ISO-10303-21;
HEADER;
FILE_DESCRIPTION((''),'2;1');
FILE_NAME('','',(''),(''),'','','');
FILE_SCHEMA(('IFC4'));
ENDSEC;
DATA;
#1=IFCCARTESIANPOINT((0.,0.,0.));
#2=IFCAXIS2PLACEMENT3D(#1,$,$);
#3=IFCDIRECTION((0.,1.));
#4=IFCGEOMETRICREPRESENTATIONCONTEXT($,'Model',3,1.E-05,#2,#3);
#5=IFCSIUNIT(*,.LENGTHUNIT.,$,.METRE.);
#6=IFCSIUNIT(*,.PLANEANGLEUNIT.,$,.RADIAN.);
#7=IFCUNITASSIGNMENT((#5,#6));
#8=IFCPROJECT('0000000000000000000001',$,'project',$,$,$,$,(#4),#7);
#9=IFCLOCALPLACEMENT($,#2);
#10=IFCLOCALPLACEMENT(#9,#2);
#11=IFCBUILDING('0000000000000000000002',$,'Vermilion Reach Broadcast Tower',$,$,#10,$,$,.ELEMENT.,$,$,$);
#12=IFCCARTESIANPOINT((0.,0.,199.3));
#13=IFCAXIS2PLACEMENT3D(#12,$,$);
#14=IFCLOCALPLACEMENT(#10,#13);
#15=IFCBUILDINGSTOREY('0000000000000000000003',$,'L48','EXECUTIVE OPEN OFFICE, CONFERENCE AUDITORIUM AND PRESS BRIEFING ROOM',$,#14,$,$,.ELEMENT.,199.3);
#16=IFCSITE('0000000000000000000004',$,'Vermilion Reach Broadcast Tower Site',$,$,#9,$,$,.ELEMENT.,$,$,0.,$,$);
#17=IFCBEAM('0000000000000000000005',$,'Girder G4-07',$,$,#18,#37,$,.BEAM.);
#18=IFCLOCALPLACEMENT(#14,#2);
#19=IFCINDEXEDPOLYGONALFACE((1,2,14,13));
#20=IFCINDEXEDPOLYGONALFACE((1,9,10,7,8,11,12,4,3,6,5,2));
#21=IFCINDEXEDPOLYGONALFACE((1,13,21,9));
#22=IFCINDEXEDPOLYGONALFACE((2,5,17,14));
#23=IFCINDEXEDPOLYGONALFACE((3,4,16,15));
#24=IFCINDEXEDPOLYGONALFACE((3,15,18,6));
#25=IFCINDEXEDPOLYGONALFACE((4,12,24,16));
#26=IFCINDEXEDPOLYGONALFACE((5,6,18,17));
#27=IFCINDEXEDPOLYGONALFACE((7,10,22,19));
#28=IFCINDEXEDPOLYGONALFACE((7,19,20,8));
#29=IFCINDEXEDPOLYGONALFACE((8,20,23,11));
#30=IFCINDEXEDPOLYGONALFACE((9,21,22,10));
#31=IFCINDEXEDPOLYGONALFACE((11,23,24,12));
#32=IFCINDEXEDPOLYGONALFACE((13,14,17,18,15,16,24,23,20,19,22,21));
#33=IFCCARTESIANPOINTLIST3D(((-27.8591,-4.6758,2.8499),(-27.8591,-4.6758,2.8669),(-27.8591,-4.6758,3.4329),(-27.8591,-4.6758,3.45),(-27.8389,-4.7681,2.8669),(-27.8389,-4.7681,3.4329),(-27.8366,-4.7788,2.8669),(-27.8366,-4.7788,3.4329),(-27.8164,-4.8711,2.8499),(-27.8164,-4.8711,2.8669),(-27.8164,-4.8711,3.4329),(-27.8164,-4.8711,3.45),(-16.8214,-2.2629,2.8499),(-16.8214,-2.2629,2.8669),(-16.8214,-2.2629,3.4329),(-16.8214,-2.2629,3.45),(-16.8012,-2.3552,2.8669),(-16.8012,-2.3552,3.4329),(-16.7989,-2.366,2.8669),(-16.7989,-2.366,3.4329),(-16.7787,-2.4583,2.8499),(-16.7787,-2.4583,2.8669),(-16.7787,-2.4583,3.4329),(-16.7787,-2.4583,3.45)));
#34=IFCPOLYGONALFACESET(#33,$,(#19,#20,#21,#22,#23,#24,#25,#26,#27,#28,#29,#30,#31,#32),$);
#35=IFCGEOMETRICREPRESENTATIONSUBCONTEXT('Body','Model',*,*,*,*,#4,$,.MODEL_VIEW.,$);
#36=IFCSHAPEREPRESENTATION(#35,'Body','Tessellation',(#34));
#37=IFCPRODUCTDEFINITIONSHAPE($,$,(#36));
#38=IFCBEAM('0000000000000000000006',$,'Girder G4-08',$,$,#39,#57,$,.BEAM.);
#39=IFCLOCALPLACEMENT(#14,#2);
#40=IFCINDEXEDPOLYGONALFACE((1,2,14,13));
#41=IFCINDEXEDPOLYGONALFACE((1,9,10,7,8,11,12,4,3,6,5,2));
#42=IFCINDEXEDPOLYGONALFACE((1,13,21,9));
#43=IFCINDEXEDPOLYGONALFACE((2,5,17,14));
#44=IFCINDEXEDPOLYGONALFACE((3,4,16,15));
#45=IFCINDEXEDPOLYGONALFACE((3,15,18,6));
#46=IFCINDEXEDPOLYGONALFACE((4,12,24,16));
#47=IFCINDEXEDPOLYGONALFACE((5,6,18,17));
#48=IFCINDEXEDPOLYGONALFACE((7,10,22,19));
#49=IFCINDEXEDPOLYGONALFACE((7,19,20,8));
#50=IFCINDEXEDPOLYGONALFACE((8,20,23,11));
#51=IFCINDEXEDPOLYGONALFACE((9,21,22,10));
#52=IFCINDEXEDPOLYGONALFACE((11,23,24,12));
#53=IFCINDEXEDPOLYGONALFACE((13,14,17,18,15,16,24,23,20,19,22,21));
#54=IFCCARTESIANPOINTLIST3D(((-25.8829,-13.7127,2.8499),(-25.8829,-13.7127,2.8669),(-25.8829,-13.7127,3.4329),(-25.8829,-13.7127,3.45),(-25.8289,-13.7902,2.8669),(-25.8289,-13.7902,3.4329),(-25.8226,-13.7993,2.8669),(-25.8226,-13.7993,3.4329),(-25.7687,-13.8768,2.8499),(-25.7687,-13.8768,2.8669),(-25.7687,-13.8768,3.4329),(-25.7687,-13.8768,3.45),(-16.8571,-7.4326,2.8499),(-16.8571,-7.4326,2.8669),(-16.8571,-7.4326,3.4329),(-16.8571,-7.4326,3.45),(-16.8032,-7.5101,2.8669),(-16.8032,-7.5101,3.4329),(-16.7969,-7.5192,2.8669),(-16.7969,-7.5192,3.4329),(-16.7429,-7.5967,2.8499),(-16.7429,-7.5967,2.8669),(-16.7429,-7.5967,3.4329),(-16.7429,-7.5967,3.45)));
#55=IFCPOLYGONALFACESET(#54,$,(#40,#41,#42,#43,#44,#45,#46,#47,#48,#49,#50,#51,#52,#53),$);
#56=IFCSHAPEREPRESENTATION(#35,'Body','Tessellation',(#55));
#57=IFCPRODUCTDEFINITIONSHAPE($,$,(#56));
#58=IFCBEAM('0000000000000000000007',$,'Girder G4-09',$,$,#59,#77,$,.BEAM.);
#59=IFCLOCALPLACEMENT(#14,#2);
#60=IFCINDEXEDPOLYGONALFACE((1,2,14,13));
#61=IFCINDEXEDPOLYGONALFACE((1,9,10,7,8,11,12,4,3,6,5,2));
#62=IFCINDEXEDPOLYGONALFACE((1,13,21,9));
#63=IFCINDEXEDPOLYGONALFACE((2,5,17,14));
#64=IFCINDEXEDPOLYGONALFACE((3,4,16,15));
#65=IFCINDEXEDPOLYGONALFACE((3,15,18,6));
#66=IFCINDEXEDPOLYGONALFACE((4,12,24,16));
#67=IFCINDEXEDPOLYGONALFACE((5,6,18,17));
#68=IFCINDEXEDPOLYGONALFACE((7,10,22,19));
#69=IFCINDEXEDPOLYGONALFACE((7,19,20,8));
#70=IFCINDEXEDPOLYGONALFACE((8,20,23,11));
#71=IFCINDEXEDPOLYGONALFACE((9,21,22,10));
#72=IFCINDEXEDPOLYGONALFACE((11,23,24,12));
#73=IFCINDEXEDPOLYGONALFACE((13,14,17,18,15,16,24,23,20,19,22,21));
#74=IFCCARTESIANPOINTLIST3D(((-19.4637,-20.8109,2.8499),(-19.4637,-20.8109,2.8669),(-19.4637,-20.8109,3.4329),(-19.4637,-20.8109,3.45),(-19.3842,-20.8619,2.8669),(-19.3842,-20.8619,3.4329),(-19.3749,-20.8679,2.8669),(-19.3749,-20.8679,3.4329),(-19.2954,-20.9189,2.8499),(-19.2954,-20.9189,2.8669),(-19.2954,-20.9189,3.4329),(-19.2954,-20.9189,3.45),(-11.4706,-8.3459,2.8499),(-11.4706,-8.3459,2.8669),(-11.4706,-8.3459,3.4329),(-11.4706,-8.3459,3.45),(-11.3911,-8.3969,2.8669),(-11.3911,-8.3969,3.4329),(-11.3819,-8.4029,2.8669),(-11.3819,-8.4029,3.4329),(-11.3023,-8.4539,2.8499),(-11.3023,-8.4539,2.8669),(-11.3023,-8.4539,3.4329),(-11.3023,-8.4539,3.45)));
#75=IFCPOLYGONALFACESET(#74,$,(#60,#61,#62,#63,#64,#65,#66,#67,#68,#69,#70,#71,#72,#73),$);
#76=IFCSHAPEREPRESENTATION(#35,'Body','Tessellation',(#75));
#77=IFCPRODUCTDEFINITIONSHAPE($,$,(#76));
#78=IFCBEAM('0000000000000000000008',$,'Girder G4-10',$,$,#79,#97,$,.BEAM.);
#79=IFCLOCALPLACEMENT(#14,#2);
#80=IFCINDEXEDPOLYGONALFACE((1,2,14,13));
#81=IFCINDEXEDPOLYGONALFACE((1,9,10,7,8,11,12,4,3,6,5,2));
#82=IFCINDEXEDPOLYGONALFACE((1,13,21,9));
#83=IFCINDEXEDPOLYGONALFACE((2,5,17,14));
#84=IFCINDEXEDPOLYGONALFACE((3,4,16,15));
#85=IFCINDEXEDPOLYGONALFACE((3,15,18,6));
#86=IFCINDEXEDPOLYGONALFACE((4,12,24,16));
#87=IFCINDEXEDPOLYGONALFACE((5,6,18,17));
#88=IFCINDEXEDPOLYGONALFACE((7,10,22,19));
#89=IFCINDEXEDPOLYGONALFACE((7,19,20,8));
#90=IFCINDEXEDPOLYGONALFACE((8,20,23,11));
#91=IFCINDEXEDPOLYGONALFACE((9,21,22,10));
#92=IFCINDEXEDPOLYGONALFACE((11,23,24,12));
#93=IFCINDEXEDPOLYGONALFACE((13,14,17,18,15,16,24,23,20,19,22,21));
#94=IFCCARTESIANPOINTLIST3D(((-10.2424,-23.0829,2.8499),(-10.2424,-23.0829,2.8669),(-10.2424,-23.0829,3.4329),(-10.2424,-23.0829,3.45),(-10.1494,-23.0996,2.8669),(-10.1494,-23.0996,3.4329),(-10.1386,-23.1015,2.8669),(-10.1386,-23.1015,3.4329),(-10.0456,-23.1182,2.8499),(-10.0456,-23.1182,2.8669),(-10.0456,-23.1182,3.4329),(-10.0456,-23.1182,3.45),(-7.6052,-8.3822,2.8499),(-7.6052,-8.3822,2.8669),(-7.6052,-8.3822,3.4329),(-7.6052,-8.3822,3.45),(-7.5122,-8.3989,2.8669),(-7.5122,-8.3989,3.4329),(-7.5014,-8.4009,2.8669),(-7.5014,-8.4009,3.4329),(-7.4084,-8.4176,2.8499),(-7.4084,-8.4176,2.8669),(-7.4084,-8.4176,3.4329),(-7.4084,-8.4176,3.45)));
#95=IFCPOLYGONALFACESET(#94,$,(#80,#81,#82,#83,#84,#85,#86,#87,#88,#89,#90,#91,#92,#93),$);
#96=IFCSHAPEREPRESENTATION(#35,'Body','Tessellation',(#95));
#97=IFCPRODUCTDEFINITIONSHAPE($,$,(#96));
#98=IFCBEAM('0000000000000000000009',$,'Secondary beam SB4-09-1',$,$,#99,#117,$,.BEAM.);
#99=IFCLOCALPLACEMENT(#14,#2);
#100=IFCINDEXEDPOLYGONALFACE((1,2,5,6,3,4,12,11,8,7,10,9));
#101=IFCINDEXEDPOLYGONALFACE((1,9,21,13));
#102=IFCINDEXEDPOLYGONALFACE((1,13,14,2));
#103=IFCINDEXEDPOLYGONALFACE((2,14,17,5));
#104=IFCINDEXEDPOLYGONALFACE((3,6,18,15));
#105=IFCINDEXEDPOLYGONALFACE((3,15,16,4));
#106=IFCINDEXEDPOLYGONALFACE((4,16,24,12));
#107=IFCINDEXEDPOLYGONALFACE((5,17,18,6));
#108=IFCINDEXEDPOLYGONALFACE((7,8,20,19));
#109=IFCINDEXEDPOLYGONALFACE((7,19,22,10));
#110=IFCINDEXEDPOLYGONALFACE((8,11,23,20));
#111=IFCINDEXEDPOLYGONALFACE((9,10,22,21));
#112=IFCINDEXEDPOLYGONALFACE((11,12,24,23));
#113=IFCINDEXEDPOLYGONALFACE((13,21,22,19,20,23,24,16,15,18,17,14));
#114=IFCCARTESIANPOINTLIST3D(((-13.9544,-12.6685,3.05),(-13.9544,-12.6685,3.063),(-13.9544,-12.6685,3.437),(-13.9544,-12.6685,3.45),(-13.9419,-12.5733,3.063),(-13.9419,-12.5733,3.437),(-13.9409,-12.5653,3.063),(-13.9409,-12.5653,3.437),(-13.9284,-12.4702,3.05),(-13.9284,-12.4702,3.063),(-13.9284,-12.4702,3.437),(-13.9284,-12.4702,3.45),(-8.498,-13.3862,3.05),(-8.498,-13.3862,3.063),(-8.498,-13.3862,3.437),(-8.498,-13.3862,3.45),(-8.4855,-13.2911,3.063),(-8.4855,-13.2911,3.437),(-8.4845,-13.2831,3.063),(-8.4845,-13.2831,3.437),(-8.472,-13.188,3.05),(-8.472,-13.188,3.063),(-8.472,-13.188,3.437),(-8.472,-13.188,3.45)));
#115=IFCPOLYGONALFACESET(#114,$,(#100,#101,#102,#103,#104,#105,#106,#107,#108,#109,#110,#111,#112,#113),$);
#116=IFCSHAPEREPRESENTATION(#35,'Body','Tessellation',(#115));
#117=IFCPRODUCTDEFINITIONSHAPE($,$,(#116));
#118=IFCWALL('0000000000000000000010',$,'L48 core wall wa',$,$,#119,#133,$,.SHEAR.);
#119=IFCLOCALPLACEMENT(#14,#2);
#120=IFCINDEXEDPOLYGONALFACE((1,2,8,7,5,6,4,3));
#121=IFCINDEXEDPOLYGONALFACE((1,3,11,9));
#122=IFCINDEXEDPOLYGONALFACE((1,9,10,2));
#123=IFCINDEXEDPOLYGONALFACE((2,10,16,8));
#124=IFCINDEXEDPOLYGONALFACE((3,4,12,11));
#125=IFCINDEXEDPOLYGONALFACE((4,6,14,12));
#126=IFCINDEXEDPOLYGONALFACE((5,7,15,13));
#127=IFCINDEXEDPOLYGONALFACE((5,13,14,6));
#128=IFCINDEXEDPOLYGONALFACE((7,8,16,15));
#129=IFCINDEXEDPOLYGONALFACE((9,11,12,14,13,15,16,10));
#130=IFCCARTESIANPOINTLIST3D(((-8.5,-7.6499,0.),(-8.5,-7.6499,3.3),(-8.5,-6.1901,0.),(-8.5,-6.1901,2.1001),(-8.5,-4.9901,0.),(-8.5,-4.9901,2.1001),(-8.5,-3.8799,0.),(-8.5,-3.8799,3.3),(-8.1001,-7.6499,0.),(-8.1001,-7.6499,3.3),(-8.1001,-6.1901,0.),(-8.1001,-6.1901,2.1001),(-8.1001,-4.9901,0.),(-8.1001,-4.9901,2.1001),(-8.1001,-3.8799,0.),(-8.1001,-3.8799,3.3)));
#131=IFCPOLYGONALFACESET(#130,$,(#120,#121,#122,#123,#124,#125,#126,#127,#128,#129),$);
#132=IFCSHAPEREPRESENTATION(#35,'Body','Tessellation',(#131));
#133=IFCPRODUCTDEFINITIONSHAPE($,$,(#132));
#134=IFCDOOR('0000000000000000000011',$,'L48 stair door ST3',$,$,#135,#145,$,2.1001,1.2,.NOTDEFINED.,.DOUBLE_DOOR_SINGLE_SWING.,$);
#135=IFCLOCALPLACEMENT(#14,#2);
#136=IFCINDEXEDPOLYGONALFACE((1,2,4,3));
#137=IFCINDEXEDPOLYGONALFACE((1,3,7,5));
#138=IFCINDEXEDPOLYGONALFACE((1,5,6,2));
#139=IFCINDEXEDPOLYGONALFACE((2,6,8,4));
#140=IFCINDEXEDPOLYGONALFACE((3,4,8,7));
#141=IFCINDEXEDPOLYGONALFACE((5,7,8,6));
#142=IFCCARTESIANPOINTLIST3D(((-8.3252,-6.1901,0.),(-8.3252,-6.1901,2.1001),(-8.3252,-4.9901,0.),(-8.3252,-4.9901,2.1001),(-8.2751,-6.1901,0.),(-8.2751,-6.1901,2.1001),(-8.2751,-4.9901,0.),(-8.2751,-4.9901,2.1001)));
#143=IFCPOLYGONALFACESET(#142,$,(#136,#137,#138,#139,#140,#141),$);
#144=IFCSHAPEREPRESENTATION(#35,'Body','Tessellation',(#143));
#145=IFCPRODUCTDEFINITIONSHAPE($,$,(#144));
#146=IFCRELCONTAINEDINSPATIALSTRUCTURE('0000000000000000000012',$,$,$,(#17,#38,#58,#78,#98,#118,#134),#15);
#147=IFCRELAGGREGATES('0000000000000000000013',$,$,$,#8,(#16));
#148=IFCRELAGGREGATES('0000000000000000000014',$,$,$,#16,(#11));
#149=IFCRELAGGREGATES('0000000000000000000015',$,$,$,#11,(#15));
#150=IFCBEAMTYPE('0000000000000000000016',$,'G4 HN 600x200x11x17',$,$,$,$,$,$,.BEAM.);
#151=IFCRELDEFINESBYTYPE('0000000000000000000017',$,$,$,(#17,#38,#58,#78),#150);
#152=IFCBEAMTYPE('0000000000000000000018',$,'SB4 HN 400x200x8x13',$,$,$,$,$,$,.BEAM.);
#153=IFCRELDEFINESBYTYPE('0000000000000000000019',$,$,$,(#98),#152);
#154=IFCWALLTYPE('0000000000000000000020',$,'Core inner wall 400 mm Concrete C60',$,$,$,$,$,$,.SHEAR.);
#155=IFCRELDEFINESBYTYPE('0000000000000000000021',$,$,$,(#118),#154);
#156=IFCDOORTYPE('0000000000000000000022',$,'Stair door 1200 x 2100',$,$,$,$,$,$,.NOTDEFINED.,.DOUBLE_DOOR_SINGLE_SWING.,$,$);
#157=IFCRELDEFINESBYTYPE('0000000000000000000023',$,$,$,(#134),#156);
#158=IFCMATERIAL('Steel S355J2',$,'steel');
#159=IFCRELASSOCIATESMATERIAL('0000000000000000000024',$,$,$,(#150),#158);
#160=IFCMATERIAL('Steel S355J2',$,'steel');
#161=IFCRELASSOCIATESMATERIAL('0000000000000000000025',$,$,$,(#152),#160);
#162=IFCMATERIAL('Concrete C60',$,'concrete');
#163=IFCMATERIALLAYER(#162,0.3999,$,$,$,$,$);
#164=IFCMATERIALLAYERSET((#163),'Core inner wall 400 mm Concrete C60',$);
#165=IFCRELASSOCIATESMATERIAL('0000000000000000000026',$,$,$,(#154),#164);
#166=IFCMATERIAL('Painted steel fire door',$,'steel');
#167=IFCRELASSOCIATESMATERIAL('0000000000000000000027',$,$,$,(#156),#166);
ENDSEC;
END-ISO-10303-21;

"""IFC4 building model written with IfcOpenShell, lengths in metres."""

from ifc_helpers import new_model, si_unit, direction, frame, frame_2d, origin, origin_2d, place, context, subcontext, project, spatial, rectangle, i_section, extrude, material, layer, layer_set, material_profile, profile_set, type_object, element, fill, save


model = new_model("IFC4")

# Units and contexts
model_context = context("Model", 3, precision=1e-05, world=origin(), true_north=direction((0.0, 1.0)))
body_context = subcontext(model_context, "Body", "Model", "MODEL_VIEW")
ifc_project = project(units=[si_unit("LENGTHUNIT", "METRE"), si_unit("PLANEANGLEUNIT", "RADIAN")], contexts=[model_context])

# Site, building, storey
site_placement = place(None, origin())
site = spatial("IfcSite", under=ifc_project, at=site_placement, Name="Vermilion Reach Broadcast Tower Site", CompositionType="ELEMENT", RefElevation=0.0)
building_placement = place(site_placement, origin())
building = spatial("IfcBuilding", under=site, at=building_placement, Name="Vermilion Reach Broadcast Tower", CompositionType="ELEMENT")
storey_placement = place(building_placement, frame((0.0, 0.0, 199.3)))
storey = spatial("IfcBuildingStorey", under=building, at=storey_placement, Name="L48", Description="EXECUTIVE OPEN OFFICE, CONFERENCE AUDITORIUM AND PRESS BRIEFING ROOM", CompositionType="ELEMENT", Elevation=199.3)

# Beams
ifc_material_1 = material(Name="Steel S355J2", Category="steel")
ifc_material_profile_1 = material_profile(ifc_material_1, i_section(OverallWidth=0.2, OverallDepth=0.6001, WebThickness=0.011, FlangeThickness=0.0171, at=origin_2d()), Name="S355J2 HN 600x200x11x17")
ifc_profile_set_1 = profile_set([ifc_material_profile_1], Name="Steel S355J2")
beam_type_1 = type_object("IfcBeamType", Name="G4 HN 600x200x11x17", PredefinedType="BEAM", material=ifc_profile_set_1)
beam_1_placement = place(storey_placement, frame((-16.8, -2.3606, 3.1499), z_axis=(-0.97693, -0.213559, 0.0), x_axis=(0.213559, -0.97693, 0.0)))
element("IfcBeam", 1, at=beam_1_placement, inside=storey, type_object=beam_type_1, Name="Girder G4-07", PredefinedType="BEAM", context=body_context, shape_type="SweptSolid", body=[
    extrude(i_section(OverallWidth=0.2, OverallDepth=0.6001, WebThickness=0.011, FlangeThickness=0.0171, at=origin_2d()), origin(), (0.0, 0.0, 1.0), 11.2983),
])
beam_2_placement = place(storey_placement, frame((-16.8, -7.5146, 3.1499), z_axis=(-0.820849, -0.571146, 0.0), x_axis=(0.571146, -0.820849, 0.0)))
element("IfcBeam", 2, at=beam_2_placement, inside=storey, type_object=beam_type_1, Name="Girder G4-08", PredefinedType="BEAM", context=body_context, shape_type="SweptSolid", body=[
    extrude(i_section(OverallWidth=0.2, OverallDepth=0.6001, WebThickness=0.011, FlangeThickness=0.0171, at=origin_2d()), origin(), (0.0, 0.0, 1.0), 10.9956),
])
beam_3_placement = place(storey_placement, frame((-11.3865, -8.3999, 3.1499), z_axis=(-0.539796, -0.841796, 0.0), x_axis=(0.841796, -0.539796, 0.0)))
element("IfcBeam", 3, at=beam_3_placement, inside=storey, type_object=beam_type_1, Name="Girder G4-09", PredefinedType="BEAM", context=body_context, shape_type="SweptSolid", body=[
    extrude(i_section(OverallWidth=0.2, OverallDepth=0.6001, WebThickness=0.011, FlangeThickness=0.0171, at=origin_2d()), origin(), (0.0, 0.0, 1.0), 14.8076),
])
beam_4_placement = place(storey_placement, frame((-7.5068, -8.3999, 3.1499), z_axis=(-0.176575, -0.984287, 0.0), x_axis=(0.984287, -0.176575, 0.0)))
element("IfcBeam", 4, at=beam_4_placement, inside=storey, type_object=beam_type_1, Name="Girder G4-10", PredefinedType="BEAM", context=body_context, shape_type="SweptSolid", body=[
    extrude(i_section(OverallWidth=0.2, OverallDepth=0.6001, WebThickness=0.011, FlangeThickness=0.0171, at=origin_2d()), origin(), (0.0, 0.0, 1.0), 14.9353),
])
ifc_material_2 = material(Name="Steel S355J2", Category="steel")
ifc_material_profile_2 = material_profile(ifc_material_2, i_section(OverallWidth=0.2, OverallDepth=0.3999, WebThickness=0.0081, FlangeThickness=0.0129, at=origin_2d()), Name="S355J2 HN 400x200x8x13")
ifc_profile_set_2 = profile_set([ifc_material_profile_2], Name="Steel S355J2")
beam_type_2 = type_object("IfcBeamType", Name="SB4 HN 400x200x8x13", PredefinedType="BEAM", material=ifc_profile_set_2)
beam_5_placement = place(storey_placement, frame((-13.9414, -12.5693, 3.25), z_axis=(0.991458, -0.130426, 0.0), x_axis=(0.130426, 0.991458, 0.0)))
element("IfcBeam", 5, at=beam_5_placement, inside=storey, type_object=beam_type_2, Name="Secondary beam SB4-09-1", PredefinedType="BEAM", context=body_context, shape_type="SweptSolid", body=[
    extrude(i_section(OverallWidth=0.2, OverallDepth=0.3999, WebThickness=0.0081, FlangeThickness=0.0129, at=origin_2d()), origin(), (0.0, 0.0, 1.0), 5.5034),
])

# Wall, opening, door
ifc_material_3 = material(Name="Concrete C60", Category="concrete")
ifc_layer_1 = layer(ifc_material_3, 0.3999)
ifc_layer_set_1 = layer_set([ifc_layer_1], Name="Core inner wall 400 mm Concrete C60")
wall_type_1 = type_object("IfcWallType", Name="Core inner wall 400 mm Concrete C60", PredefinedType="SHEAR", material=ifc_layer_set_1)
wall_1_placement = place(storey_placement, frame((-8.3, -3.8799, 0.0), z_axis=(0.0, 0.0, 1.0), x_axis=(0.0, -1.0, 0.0)))
wall_1 = element("IfcWall", 6, at=wall_1_placement, inside=storey, type_object=wall_type_1, Name="L48 core wall wa", PredefinedType="SHEAR", context=body_context, shape_type="SweptSolid", body=[
    extrude(rectangle(XDim=3.77, YDim=0.3999, at=frame_2d((1.885, 0.0))), origin(), (0.0, 0.0, 1.0), 3.3),
])
opening_1_placement = place(wall_1_placement, frame((1.1101, 0.0, 0.0)))
opening_1 = element("IfcOpeningElement", 7, at=opening_1_placement, cuts=wall_1, PredefinedType="OPENING", context=body_context, shape_type="SweptSolid", body=[
    extrude(rectangle(XDim=1.2, YDim=2.1001, at=frame_2d((0.6001, 1.05))), frame((0.0, 0.21, 0.0), z_axis=(0.0, -1.0, 0.0), x_axis=(1.0, 0.0, 0.0)), (0.0, 0.0, 1.0), 0.4199),
])
ifc_material_4 = material(Name="Painted steel fire door", Category="steel")
door_type_1 = type_object("IfcDoorType", Name="Stair door 1200 x 2100", OperationType="DOUBLE_DOOR_SINGLE_SWING", PredefinedType="NOTDEFINED", material=ifc_material_4)
door_1_placement = place(opening_1_placement, origin())
door_1 = element("IfcDoor", 8, at=door_1_placement, inside=storey, type_object=door_type_1, Name="L48 stair door ST3", OperationType="DOUBLE_DOOR_SINGLE_SWING", OverallHeight=2.1001, OverallWidth=1.2, PredefinedType="NOTDEFINED", context=body_context, shape_type="SweptSolid", body=[
    extrude(rectangle(XDim=1.2, YDim=2.1001, at=frame_2d((0.6001, 1.05))), frame((0.0, 0.0249, 0.0), z_axis=(0.0, -1.0, 0.0), x_axis=(1.0, 0.0, 0.0)), (0.0, 0.0, 1.0), 0.05),
])
fill(opening_1, door_1)

save(model, "model.ifc")
